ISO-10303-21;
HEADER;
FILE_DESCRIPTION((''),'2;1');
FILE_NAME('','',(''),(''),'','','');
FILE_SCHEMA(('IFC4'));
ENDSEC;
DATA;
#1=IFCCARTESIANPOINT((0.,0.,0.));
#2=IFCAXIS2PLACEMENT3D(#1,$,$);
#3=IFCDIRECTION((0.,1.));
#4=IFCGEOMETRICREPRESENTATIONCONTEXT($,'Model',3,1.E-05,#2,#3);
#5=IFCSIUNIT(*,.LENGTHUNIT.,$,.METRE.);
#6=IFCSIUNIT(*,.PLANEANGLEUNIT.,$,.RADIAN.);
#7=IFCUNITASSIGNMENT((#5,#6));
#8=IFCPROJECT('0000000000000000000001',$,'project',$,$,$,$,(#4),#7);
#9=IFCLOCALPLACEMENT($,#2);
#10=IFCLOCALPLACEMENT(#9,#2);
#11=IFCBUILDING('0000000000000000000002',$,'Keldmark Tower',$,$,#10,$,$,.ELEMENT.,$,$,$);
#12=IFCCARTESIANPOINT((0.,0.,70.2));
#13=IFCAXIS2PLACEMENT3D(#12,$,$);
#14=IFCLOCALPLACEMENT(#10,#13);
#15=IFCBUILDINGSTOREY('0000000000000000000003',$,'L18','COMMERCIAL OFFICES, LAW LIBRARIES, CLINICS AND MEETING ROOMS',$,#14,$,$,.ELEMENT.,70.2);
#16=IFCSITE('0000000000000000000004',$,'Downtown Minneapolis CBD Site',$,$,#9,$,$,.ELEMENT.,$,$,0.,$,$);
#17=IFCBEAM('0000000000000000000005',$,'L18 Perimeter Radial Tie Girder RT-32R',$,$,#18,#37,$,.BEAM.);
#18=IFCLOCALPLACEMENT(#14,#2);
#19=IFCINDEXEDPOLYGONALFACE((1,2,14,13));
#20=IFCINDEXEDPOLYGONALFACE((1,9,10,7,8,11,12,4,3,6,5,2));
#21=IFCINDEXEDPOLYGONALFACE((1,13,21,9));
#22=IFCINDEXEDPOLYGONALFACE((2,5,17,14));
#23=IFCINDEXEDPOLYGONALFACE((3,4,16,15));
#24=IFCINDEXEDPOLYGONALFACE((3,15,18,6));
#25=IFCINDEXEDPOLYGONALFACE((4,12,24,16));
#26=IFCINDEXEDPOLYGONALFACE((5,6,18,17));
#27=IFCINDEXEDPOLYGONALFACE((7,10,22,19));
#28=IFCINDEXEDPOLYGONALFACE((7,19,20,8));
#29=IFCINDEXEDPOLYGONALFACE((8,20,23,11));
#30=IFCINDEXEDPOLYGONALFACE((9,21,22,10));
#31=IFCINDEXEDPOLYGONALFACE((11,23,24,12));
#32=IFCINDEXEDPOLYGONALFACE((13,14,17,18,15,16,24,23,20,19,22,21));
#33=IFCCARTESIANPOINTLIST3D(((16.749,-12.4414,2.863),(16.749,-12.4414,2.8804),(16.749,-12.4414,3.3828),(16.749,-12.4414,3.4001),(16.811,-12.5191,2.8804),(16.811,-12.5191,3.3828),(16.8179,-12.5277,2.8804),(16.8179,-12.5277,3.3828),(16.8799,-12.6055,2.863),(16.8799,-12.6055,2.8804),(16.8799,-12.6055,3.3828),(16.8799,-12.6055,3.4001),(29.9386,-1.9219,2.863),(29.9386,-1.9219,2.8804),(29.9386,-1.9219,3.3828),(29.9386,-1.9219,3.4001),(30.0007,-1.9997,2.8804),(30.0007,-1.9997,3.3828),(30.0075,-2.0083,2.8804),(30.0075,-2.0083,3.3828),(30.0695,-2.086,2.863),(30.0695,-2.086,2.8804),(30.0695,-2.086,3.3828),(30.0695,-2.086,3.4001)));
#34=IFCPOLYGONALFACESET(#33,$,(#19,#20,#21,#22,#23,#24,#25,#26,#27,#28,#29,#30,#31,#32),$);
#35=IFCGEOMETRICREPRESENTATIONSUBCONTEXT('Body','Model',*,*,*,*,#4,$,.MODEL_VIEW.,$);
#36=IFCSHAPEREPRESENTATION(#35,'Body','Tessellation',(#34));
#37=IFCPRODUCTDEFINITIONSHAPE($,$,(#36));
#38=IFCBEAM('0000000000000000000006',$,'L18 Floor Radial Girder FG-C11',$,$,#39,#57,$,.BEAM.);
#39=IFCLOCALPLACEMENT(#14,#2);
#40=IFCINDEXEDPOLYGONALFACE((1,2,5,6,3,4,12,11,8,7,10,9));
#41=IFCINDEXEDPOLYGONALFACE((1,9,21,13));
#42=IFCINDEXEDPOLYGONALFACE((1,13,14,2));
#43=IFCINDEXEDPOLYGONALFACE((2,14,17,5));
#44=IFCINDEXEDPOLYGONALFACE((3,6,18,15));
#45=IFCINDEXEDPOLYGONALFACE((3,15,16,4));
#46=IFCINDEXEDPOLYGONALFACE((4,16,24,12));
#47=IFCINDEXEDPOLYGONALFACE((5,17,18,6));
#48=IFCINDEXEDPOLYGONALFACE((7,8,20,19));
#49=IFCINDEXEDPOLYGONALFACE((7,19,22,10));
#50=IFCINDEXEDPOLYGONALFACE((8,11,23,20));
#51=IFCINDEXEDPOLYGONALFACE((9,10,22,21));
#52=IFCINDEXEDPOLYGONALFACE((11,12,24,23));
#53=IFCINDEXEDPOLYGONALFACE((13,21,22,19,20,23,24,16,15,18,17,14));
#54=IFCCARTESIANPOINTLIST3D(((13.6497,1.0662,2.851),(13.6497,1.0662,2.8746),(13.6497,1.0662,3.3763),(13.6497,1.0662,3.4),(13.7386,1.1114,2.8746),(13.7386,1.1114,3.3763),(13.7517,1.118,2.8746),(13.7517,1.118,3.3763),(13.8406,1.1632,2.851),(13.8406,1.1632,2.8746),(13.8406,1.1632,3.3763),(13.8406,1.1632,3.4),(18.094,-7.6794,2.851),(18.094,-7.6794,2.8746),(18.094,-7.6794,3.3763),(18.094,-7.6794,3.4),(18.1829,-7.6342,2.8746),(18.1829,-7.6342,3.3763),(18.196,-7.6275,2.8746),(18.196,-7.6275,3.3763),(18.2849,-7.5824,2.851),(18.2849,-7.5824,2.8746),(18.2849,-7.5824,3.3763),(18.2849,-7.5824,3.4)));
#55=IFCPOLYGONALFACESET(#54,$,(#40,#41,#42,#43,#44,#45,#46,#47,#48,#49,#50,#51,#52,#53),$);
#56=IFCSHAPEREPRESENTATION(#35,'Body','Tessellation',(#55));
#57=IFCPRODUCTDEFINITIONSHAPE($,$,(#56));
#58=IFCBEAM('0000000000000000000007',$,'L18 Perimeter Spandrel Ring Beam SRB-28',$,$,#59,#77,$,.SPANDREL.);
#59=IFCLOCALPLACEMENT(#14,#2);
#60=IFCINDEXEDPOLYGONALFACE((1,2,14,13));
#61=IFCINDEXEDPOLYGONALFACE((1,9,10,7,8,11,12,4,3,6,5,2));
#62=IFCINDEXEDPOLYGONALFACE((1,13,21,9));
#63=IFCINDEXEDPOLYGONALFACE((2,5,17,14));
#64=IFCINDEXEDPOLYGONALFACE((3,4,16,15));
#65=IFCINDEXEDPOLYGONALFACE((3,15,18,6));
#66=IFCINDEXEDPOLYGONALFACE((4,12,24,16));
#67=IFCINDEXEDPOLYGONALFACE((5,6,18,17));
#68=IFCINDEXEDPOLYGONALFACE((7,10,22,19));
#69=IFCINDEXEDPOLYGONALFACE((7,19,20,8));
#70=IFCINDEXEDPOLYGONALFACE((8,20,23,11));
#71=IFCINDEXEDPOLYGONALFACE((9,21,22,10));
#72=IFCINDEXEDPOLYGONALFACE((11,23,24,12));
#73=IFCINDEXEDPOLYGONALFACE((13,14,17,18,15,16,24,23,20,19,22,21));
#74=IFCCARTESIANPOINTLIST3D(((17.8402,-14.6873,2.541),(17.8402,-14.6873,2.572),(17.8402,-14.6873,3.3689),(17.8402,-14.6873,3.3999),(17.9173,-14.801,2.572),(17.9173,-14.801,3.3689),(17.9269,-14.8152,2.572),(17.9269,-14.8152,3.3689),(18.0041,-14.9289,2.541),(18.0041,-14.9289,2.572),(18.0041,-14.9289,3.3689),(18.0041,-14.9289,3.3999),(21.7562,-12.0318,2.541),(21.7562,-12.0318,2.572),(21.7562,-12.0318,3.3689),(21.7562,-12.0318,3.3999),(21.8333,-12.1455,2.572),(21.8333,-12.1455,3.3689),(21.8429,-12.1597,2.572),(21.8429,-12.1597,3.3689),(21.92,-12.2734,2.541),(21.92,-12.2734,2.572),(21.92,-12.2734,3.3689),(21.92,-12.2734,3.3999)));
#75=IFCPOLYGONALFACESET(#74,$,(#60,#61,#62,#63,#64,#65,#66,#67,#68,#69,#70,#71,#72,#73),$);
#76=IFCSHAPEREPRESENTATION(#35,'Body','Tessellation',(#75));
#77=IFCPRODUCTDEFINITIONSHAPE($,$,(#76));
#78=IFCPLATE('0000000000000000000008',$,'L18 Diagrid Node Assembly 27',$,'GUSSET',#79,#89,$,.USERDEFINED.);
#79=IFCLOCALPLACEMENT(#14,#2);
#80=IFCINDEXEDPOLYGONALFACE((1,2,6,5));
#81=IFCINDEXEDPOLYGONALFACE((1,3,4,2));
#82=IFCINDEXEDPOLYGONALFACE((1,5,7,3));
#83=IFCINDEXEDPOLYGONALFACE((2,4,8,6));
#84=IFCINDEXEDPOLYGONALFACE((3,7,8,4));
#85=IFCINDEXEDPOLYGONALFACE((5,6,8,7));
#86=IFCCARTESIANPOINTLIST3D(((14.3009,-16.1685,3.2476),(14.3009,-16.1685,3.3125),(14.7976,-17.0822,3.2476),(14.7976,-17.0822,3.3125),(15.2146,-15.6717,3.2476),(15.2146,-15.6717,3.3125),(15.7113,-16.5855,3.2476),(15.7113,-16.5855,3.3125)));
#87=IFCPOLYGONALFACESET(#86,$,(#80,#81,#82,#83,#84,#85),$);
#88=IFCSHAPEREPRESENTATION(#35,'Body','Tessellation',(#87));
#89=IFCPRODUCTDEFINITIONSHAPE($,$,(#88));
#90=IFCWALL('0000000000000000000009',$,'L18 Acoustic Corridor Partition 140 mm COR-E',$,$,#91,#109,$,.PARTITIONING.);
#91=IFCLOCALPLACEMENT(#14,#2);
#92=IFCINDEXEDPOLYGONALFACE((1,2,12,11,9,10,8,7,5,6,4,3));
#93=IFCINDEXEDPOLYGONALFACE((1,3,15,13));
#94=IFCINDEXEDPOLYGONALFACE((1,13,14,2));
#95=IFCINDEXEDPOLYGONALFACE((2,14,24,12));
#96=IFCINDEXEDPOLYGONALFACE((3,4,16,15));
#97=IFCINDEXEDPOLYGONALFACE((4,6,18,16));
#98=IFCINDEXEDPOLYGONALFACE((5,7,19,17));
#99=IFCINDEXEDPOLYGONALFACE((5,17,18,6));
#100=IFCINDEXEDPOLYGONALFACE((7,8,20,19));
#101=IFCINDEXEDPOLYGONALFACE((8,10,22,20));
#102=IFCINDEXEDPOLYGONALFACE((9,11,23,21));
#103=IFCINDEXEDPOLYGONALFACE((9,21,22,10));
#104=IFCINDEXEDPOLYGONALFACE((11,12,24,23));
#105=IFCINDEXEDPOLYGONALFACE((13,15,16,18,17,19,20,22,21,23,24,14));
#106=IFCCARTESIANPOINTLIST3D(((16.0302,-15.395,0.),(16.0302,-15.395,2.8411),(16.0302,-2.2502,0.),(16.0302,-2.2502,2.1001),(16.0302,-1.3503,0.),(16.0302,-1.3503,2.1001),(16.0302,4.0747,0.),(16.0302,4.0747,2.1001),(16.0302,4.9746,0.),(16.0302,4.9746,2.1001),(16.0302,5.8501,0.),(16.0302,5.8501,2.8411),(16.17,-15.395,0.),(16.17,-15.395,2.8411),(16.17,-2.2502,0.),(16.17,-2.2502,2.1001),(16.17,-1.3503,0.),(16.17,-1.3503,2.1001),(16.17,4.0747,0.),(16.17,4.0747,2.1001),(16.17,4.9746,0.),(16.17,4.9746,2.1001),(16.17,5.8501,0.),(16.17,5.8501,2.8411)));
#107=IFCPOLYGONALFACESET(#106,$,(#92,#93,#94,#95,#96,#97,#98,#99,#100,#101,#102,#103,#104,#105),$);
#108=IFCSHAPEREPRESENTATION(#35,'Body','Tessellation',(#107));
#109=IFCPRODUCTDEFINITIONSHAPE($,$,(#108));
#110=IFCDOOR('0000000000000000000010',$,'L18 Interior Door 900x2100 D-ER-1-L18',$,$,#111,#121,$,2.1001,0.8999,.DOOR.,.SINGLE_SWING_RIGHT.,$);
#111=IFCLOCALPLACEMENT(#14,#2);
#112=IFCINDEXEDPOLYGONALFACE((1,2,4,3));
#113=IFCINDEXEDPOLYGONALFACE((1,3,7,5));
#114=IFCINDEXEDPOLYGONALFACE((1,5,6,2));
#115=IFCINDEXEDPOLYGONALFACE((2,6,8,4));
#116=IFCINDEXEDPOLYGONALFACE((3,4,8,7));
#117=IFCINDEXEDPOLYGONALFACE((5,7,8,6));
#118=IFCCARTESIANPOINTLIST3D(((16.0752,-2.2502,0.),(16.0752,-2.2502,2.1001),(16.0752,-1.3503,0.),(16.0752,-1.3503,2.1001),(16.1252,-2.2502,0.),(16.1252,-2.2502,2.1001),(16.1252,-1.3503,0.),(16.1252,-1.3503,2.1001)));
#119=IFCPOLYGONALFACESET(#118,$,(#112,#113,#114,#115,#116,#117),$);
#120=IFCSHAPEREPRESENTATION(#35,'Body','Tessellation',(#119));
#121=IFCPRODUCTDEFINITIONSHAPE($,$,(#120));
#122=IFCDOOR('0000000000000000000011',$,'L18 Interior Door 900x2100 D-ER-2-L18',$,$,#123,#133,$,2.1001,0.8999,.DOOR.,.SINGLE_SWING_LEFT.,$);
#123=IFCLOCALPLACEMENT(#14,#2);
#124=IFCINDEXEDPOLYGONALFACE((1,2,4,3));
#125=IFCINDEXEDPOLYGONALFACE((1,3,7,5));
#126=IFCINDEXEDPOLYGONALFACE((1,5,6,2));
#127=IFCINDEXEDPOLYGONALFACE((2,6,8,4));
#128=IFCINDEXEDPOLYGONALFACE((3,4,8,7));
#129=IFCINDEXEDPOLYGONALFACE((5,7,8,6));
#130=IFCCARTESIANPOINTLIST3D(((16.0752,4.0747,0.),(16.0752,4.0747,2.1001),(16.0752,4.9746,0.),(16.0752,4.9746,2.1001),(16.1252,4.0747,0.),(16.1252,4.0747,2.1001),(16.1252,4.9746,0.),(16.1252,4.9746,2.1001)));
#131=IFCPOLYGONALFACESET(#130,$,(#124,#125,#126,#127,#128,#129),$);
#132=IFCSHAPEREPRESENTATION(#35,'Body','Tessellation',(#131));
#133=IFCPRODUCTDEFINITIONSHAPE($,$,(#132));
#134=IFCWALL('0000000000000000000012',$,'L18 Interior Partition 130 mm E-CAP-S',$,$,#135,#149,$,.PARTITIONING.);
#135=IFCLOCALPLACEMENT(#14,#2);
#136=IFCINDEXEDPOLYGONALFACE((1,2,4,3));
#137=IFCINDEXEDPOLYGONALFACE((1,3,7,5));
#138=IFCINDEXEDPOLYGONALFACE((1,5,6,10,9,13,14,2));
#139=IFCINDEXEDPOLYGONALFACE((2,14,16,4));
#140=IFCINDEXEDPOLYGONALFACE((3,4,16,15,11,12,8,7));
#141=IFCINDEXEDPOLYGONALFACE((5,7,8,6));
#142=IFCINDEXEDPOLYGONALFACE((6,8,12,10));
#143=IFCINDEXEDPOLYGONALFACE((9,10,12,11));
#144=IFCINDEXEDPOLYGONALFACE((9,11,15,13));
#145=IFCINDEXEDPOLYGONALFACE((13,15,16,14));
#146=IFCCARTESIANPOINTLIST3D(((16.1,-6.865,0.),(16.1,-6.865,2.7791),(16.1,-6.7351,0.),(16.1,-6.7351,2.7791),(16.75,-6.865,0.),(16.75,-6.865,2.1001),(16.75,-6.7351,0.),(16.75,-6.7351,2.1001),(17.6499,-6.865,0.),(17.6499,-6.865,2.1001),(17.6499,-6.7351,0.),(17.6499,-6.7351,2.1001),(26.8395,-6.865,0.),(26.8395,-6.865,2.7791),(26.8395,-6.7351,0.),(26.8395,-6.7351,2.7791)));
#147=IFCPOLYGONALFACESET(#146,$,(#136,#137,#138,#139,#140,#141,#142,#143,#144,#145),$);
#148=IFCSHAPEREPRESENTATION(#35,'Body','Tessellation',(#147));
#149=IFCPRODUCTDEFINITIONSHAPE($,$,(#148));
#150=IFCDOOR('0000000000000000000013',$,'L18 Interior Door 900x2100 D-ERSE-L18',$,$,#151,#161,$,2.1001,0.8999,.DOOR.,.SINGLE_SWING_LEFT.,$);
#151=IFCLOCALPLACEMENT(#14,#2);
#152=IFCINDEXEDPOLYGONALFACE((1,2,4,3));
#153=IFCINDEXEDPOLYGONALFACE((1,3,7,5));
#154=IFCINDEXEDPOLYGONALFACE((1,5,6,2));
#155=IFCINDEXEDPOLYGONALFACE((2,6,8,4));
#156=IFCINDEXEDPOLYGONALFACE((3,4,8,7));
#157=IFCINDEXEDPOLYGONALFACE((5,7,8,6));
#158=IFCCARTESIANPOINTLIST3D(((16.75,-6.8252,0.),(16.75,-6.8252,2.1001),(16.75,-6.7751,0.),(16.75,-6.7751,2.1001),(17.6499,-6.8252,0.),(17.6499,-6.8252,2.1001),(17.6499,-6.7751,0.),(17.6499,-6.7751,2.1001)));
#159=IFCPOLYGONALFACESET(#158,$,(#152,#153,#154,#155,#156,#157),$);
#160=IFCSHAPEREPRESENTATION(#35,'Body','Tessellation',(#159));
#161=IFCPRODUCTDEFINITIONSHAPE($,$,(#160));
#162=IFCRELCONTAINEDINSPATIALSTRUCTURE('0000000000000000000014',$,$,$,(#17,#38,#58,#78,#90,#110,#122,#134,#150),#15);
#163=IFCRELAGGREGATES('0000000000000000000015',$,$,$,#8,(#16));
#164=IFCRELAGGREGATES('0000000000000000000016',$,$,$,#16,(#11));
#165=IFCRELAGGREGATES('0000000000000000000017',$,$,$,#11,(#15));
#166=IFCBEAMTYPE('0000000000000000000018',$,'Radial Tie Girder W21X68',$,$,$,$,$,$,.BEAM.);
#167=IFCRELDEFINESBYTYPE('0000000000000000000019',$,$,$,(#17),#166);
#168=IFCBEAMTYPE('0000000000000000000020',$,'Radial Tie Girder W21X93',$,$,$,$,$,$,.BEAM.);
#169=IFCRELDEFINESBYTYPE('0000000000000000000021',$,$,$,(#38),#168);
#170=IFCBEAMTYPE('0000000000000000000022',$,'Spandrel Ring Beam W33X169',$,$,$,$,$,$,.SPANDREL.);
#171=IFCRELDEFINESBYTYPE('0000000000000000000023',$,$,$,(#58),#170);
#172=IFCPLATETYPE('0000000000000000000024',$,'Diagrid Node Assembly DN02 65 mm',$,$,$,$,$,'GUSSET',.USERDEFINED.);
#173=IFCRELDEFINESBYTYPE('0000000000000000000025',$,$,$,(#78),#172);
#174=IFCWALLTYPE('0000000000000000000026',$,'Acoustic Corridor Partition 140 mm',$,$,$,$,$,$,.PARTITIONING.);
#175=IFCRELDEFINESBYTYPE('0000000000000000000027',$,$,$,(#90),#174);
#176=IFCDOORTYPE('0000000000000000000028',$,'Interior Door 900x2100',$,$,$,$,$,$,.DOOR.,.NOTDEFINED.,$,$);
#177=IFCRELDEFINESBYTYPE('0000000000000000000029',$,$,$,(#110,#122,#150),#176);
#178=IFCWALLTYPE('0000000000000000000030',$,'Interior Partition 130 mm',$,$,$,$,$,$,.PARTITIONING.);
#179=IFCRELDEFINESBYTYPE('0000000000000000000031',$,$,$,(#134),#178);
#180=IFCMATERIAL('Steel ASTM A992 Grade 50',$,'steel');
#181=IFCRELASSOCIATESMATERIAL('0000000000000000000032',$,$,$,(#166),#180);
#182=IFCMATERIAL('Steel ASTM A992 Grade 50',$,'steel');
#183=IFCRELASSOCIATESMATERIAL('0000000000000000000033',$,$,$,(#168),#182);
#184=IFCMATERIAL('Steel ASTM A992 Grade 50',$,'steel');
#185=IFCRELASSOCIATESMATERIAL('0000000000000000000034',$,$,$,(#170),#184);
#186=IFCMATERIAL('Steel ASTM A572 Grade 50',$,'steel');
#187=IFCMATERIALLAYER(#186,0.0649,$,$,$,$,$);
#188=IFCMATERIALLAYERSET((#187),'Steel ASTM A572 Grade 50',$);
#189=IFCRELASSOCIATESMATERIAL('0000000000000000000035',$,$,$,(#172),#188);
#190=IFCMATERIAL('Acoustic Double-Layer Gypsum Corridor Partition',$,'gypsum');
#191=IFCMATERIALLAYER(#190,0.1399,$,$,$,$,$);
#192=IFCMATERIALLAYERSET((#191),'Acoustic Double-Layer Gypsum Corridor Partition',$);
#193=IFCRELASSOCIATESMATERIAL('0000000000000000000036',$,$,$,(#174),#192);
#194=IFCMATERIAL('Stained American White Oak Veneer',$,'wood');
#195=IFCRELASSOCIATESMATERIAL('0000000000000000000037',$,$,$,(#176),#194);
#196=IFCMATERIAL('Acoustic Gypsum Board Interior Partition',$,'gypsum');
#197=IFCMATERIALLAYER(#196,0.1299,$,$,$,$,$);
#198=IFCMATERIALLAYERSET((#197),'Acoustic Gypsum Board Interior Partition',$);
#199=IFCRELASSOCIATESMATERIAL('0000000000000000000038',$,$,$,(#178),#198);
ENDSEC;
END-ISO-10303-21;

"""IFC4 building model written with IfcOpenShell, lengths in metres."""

from ifc_helpers import new_model, si_unit, direction, frame, frame_2d, origin, origin_2d, place, context, subcontext, project, spatial, rectangle, i_section, extrude, material, layer, layer_set, material_profile, profile_set, type_object, element, fill, save


model = new_model("IFC4")

# Units and contexts
model_context = context("Model", 3, precision=1e-05, world=origin(), true_north=direction((0.0, 1.0)))
body_context = subcontext(model_context, "Body", "Model", "MODEL_VIEW")
ifc_project = project(units=[si_unit("LENGTHUNIT", "METRE"), si_unit("PLANEANGLEUNIT", "RADIAN")], contexts=[model_context])

# Site, building, storey
site_placement = place(None, origin())
site = spatial("IfcSite", under=ifc_project, at=site_placement, Name="Downtown Minneapolis CBD Site", CompositionType="ELEMENT", RefElevation=0.0)
building_placement = place(site_placement, origin())
building = spatial("IfcBuilding", under=site, at=building_placement, Name="Keldmark Tower", CompositionType="ELEMENT")
storey_placement = place(building_placement, frame((0.0, 0.0, 70.2)))
storey = spatial("IfcBuildingStorey", under=building, at=storey_placement, Name="L18", Description="COMMERCIAL OFFICES, LAW LIBRARIES, CLINICS AND MEETING ROOMS", CompositionType="ELEMENT", Elevation=70.2)

# Beams
ifc_material_1 = material(Name="Steel ASTM A992 Grade 50", Category="steel")
ifc_material_profile_1 = material_profile(ifc_material_1, i_section(OverallWidth=0.21, OverallDepth=0.5371, WebThickness=0.011, FlangeThickness=0.0173, at=origin_2d()), Name="W21X68")
ifc_profile_set_1 = profile_set([ifc_material_profile_1], Name="Steel ASTM A992 Grade 50")
beam_type_1 = type_object("IfcBeamType", Name="Radial Tie Girder W21X68", PredefinedType="BEAM", material=ifc_profile_set_1)
beam_1_placement = place(storey_placement, frame((16.8145, -12.5234, 3.1316), z_axis=(0.7818, 0.62353, 0.0), x_axis=(-0.62353, 0.7818, 0.0)))
element("IfcBeam", 1, at=beam_1_placement, inside=storey, type_object=beam_type_1, Name="L18 Perimeter Radial Tie Girder RT-32R", PredefinedType="BEAM", context=body_context, shape_type="SweptSolid", body=[
    extrude(i_section(OverallWidth=0.21, OverallDepth=0.5371, WebThickness=0.011, FlangeThickness=0.0173, at=origin_2d()), origin(), (0.0, 0.0, 1.0), 16.8708),
])
ifc_material_2 = material(Name="Steel ASTM A992 Grade 50", Category="steel")
ifc_material_profile_2 = material_profile(ifc_material_2, i_section(OverallWidth=0.2141, OverallDepth=0.5491, WebThickness=0.0146, FlangeThickness=0.0237, at=origin_2d()), Name="W21X93")
ifc_profile_set_2 = profile_set([ifc_material_profile_2], Name="Steel ASTM A992 Grade 50")
beam_type_2 = type_object("IfcBeamType", Name="Radial Tie Girder W21X93", PredefinedType="BEAM", material=ifc_profile_set_2)
beam_2_placement = place(storey_placement, frame((18.1895, -7.6309, 3.1255), z_axis=(-0.453038, 0.891491, 0.0), x_axis=(-0.891491, -0.453038, 0.0)))
element("IfcBeam", 2, at=beam_2_placement, inside=storey, type_object=beam_type_2, Name="L18 Floor Radial Girder FG-C11", PredefinedType="BEAM", context=body_context, shape_type="SweptSolid", body=[
    extrude(i_section(OverallWidth=0.2141, OverallDepth=0.5491, WebThickness=0.0146, FlangeThickness=0.0237, at=origin_2d()), origin(), (0.0, 0.0, 1.0), 9.8101),
])
ifc_material_3 = material(Name="Steel ASTM A992 Grade 50", Category="steel")
ifc_material_profile_3 = material_profile(ifc_material_3, i_section(OverallWidth=0.292, OverallDepth=0.8589, WebThickness=0.0171, FlangeThickness=0.031, at=origin_2d()), Name="W33X169")
ifc_profile_set_3 = profile_set([ifc_material_profile_3], Name="Steel ASTM A992 Grade 50")
beam_type_3 = type_object("IfcBeamType", Name="Spandrel Ring Beam W33X169", PredefinedType="SPANDREL", material=ifc_profile_set_3)
beam_3_placement = place(storey_placement, frame((17.9221, -14.8081, 2.9705), z_axis=(0.82765, 0.561244, 0.0), x_axis=(-0.561244, 0.82765, 0.0)))
element("IfcBeam", 3, at=beam_3_placement, inside=storey, type_object=beam_type_3, Name="L18 Perimeter Spandrel Ring Beam SRB-28", PredefinedType="SPANDREL", context=body_context, shape_type="SweptSolid", body=[
    extrude(i_section(OverallWidth=0.292, OverallDepth=0.8589, WebThickness=0.0171, FlangeThickness=0.031, at=origin_2d()), origin(), (0.0, 0.0, 1.0), 4.7314),
])

# Plate
ifc_material_4 = material(Name="Steel ASTM A572 Grade 50", Category="steel")
ifc_layer_1 = layer(ifc_material_4, 0.0649)
ifc_layer_set_1 = layer_set([ifc_layer_1], Name="Steel ASTM A572 Grade 50")
plate_type = type_object("IfcPlateType", Name="Diagrid Node Assembly DN02 65 mm", ElementType="GUSSET", PredefinedType="USERDEFINED", material=ifc_layer_set_1)
plate_placement = place(storey_placement, frame((15.0061, -16.377, 3.2476), z_axis=(0.0, 0.0, 1.0), x_axis=(0.878567, 0.477619, 0.0)))
element("IfcPlate", 4, at=plate_placement, inside=storey, type_object=plate_type, Name="L18 Diagrid Node Assembly 27", ObjectType="GUSSET", PredefinedType="USERDEFINED", context=body_context, shape_type="SweptSolid", body=[
    extrude(rectangle(XDim=1.04, YDim=1.04, at=origin_2d()), origin(), (0.0, 0.0, 1.0), 0.0649),
])

# Wall, openings, doors
ifc_material_5 = material(Name="Acoustic Double-Layer Gypsum Corridor Partition", Category="gypsum")
ifc_layer_2 = layer(ifc_material_5, 0.1399)
ifc_layer_set_2 = layer_set([ifc_layer_2], Name="Acoustic Double-Layer Gypsum Corridor Partition")
wall_type_1 = type_object("IfcWallType", Name="Acoustic Corridor Partition 140 mm", PredefinedType="PARTITIONING", material=ifc_layer_set_2)
wall_1_placement = place(storey_placement, frame((16.1001, -15.395, 0.0), z_axis=(0.0, 0.0, 1.0), x_axis=(0.0, 1.0, 0.0)))
wall_1 = element("IfcWall", 5, at=wall_1_placement, inside=storey, type_object=wall_type_1, Name="L18 Acoustic Corridor Partition 140 mm COR-E", PredefinedType="PARTITIONING", context=body_context, shape_type="SweptSolid", body=[
    extrude(rectangle(XDim=21.2451, YDim=0.1399, at=frame_2d((10.6226, 0.0))), origin(), (0.0, 0.0, 1.0), 2.8411),
])
opening_1_placement = place(wall_1_placement, frame((13.1448, 0.0, 0.0)))
opening_1 = element("IfcOpeningElement", 6, at=opening_1_placement, cuts=wall_1, PredefinedType="OPENING", context=body_context, shape_type="SweptSolid", body=[
    extrude(rectangle(XDim=0.8999, YDim=2.1001, at=frame_2d((0.45, 1.05))), frame((0.0, 0.0798, 0.0), z_axis=(0.0, -1.0, 0.0), x_axis=(1.0, 0.0, 0.0)), (0.0, 0.0, 1.0), 0.1599),
])
opening_2_placement = place(wall_1_placement, frame((19.4697, 0.0, 0.0)))
opening_2 = element("IfcOpeningElement", 7, at=opening_2_placement, cuts=wall_1, PredefinedType="OPENING", context=body_context, shape_type="SweptSolid", body=[
    extrude(rectangle(XDim=0.8999, YDim=2.1001, at=frame_2d((0.45, 1.05))), frame((0.0, 0.0798, 0.0), z_axis=(0.0, -1.0, 0.0), x_axis=(1.0, 0.0, 0.0)), (0.0, 0.0, 1.0), 0.1599),
])
ifc_material_6 = material(Name="Stained American White Oak Veneer", Category="wood")
door_type = type_object("IfcDoorType", Name="Interior Door 900x2100", OperationType="NOTDEFINED", PredefinedType="DOOR", material=ifc_material_6)
door_1_placement = place(opening_1_placement, origin())
door_1 = element("IfcDoor", 8, at=door_1_placement, inside=storey, type_object=door_type, Name="L18 Interior Door 900x2100 D-ER-1-L18", OperationType="SINGLE_SWING_RIGHT", OverallHeight=2.1001, OverallWidth=0.8999, PredefinedType="DOOR", context=body_context, shape_type="SweptSolid", body=[
    extrude(rectangle(XDim=0.8999, YDim=2.1001, at=frame_2d((0.45, 1.05))), frame((0.0, 0.0249, 0.0), z_axis=(0.0, -1.0, 0.0), x_axis=(1.0, 0.0, 0.0)), (0.0, 0.0, 1.0), 0.05),
])
fill(opening_1, door_1)
door_2_placement = place(opening_2_placement, origin())
door_2 = element("IfcDoor", 9, at=door_2_placement, inside=storey, type_object=door_type, Name="L18 Interior Door 900x2100 D-ER-2-L18", OperationType="SINGLE_SWING_LEFT", OverallHeight=2.1001, OverallWidth=0.8999, PredefinedType="DOOR", context=body_context, shape_type="SweptSolid", body=[
    extrude(rectangle(XDim=0.8999, YDim=2.1001, at=frame_2d((0.45, 1.05))), frame((0.0, 0.0249, 0.0), z_axis=(0.0, -1.0, 0.0), x_axis=(1.0, 0.0, 0.0)), (0.0, 0.0, 1.0), 0.05),
])
fill(opening_2, door_2)

# Wall, opening, door
ifc_material_7 = material(Name="Acoustic Gypsum Board Interior Partition", Category="gypsum")
ifc_layer_3 = layer(ifc_material_7, 0.1299)
ifc_layer_set_3 = layer_set([ifc_layer_3], Name="Acoustic Gypsum Board Interior Partition")
wall_type_2 = type_object("IfcWallType", Name="Interior Partition 130 mm", PredefinedType="PARTITIONING", material=ifc_layer_set_3)
wall_2_placement = place(storey_placement, frame((16.1001, -6.8, 0.0), z_axis=(0.0, 0.0, 1.0), x_axis=(1.0, 0.0, 0.0)))
wall_2 = element("IfcWall", 10, at=wall_2_placement, inside=storey, type_object=wall_type_2, Name="L18 Interior Partition 130 mm E-CAP-S", PredefinedType="PARTITIONING", context=body_context, shape_type="SweptSolid", body=[
    extrude(rectangle(XDim=10.7395, YDim=0.1299, at=frame_2d((5.3696, 0.0))), origin(), (0.0, 0.0, 1.0), 2.7791),
])
opening_3_placement = place(wall_2_placement, frame((0.6499, 0.0, 0.0)))
opening_3 = element("IfcOpeningElement", 11, at=opening_3_placement, cuts=wall_2, PredefinedType="OPENING", context=body_context, shape_type="SweptSolid", body=[
    extrude(rectangle(XDim=0.8999, YDim=2.1001, at=frame_2d((0.45, 1.05))), frame((0.0, 0.075, 0.0), z_axis=(0.0, -1.0, 0.0), x_axis=(1.0, 0.0, 0.0)), (0.0, 0.0, 1.0), 0.1499),
])
door_3_placement = place(opening_3_placement, origin())
door_3 = element("IfcDoor", 12, at=door_3_placement, inside=storey, type_object=door_type, Name="L18 Interior Door 900x2100 D-ERSE-L18", OperationType="SINGLE_SWING_LEFT", OverallHeight=2.1001, OverallWidth=0.8999, PredefinedType="DOOR", context=body_context, shape_type="SweptSolid", body=[
    extrude(rectangle(XDim=0.8999, YDim=2.1001, at=frame_2d((0.45, 1.05))), frame((0.0, 0.0249, 0.0), z_axis=(0.0, -1.0, 0.0), x_axis=(1.0, 0.0, 0.0)), (0.0, 0.0, 1.0), 0.05),
])
fill(opening_3, door_3)

save(model, "model.ifc")
